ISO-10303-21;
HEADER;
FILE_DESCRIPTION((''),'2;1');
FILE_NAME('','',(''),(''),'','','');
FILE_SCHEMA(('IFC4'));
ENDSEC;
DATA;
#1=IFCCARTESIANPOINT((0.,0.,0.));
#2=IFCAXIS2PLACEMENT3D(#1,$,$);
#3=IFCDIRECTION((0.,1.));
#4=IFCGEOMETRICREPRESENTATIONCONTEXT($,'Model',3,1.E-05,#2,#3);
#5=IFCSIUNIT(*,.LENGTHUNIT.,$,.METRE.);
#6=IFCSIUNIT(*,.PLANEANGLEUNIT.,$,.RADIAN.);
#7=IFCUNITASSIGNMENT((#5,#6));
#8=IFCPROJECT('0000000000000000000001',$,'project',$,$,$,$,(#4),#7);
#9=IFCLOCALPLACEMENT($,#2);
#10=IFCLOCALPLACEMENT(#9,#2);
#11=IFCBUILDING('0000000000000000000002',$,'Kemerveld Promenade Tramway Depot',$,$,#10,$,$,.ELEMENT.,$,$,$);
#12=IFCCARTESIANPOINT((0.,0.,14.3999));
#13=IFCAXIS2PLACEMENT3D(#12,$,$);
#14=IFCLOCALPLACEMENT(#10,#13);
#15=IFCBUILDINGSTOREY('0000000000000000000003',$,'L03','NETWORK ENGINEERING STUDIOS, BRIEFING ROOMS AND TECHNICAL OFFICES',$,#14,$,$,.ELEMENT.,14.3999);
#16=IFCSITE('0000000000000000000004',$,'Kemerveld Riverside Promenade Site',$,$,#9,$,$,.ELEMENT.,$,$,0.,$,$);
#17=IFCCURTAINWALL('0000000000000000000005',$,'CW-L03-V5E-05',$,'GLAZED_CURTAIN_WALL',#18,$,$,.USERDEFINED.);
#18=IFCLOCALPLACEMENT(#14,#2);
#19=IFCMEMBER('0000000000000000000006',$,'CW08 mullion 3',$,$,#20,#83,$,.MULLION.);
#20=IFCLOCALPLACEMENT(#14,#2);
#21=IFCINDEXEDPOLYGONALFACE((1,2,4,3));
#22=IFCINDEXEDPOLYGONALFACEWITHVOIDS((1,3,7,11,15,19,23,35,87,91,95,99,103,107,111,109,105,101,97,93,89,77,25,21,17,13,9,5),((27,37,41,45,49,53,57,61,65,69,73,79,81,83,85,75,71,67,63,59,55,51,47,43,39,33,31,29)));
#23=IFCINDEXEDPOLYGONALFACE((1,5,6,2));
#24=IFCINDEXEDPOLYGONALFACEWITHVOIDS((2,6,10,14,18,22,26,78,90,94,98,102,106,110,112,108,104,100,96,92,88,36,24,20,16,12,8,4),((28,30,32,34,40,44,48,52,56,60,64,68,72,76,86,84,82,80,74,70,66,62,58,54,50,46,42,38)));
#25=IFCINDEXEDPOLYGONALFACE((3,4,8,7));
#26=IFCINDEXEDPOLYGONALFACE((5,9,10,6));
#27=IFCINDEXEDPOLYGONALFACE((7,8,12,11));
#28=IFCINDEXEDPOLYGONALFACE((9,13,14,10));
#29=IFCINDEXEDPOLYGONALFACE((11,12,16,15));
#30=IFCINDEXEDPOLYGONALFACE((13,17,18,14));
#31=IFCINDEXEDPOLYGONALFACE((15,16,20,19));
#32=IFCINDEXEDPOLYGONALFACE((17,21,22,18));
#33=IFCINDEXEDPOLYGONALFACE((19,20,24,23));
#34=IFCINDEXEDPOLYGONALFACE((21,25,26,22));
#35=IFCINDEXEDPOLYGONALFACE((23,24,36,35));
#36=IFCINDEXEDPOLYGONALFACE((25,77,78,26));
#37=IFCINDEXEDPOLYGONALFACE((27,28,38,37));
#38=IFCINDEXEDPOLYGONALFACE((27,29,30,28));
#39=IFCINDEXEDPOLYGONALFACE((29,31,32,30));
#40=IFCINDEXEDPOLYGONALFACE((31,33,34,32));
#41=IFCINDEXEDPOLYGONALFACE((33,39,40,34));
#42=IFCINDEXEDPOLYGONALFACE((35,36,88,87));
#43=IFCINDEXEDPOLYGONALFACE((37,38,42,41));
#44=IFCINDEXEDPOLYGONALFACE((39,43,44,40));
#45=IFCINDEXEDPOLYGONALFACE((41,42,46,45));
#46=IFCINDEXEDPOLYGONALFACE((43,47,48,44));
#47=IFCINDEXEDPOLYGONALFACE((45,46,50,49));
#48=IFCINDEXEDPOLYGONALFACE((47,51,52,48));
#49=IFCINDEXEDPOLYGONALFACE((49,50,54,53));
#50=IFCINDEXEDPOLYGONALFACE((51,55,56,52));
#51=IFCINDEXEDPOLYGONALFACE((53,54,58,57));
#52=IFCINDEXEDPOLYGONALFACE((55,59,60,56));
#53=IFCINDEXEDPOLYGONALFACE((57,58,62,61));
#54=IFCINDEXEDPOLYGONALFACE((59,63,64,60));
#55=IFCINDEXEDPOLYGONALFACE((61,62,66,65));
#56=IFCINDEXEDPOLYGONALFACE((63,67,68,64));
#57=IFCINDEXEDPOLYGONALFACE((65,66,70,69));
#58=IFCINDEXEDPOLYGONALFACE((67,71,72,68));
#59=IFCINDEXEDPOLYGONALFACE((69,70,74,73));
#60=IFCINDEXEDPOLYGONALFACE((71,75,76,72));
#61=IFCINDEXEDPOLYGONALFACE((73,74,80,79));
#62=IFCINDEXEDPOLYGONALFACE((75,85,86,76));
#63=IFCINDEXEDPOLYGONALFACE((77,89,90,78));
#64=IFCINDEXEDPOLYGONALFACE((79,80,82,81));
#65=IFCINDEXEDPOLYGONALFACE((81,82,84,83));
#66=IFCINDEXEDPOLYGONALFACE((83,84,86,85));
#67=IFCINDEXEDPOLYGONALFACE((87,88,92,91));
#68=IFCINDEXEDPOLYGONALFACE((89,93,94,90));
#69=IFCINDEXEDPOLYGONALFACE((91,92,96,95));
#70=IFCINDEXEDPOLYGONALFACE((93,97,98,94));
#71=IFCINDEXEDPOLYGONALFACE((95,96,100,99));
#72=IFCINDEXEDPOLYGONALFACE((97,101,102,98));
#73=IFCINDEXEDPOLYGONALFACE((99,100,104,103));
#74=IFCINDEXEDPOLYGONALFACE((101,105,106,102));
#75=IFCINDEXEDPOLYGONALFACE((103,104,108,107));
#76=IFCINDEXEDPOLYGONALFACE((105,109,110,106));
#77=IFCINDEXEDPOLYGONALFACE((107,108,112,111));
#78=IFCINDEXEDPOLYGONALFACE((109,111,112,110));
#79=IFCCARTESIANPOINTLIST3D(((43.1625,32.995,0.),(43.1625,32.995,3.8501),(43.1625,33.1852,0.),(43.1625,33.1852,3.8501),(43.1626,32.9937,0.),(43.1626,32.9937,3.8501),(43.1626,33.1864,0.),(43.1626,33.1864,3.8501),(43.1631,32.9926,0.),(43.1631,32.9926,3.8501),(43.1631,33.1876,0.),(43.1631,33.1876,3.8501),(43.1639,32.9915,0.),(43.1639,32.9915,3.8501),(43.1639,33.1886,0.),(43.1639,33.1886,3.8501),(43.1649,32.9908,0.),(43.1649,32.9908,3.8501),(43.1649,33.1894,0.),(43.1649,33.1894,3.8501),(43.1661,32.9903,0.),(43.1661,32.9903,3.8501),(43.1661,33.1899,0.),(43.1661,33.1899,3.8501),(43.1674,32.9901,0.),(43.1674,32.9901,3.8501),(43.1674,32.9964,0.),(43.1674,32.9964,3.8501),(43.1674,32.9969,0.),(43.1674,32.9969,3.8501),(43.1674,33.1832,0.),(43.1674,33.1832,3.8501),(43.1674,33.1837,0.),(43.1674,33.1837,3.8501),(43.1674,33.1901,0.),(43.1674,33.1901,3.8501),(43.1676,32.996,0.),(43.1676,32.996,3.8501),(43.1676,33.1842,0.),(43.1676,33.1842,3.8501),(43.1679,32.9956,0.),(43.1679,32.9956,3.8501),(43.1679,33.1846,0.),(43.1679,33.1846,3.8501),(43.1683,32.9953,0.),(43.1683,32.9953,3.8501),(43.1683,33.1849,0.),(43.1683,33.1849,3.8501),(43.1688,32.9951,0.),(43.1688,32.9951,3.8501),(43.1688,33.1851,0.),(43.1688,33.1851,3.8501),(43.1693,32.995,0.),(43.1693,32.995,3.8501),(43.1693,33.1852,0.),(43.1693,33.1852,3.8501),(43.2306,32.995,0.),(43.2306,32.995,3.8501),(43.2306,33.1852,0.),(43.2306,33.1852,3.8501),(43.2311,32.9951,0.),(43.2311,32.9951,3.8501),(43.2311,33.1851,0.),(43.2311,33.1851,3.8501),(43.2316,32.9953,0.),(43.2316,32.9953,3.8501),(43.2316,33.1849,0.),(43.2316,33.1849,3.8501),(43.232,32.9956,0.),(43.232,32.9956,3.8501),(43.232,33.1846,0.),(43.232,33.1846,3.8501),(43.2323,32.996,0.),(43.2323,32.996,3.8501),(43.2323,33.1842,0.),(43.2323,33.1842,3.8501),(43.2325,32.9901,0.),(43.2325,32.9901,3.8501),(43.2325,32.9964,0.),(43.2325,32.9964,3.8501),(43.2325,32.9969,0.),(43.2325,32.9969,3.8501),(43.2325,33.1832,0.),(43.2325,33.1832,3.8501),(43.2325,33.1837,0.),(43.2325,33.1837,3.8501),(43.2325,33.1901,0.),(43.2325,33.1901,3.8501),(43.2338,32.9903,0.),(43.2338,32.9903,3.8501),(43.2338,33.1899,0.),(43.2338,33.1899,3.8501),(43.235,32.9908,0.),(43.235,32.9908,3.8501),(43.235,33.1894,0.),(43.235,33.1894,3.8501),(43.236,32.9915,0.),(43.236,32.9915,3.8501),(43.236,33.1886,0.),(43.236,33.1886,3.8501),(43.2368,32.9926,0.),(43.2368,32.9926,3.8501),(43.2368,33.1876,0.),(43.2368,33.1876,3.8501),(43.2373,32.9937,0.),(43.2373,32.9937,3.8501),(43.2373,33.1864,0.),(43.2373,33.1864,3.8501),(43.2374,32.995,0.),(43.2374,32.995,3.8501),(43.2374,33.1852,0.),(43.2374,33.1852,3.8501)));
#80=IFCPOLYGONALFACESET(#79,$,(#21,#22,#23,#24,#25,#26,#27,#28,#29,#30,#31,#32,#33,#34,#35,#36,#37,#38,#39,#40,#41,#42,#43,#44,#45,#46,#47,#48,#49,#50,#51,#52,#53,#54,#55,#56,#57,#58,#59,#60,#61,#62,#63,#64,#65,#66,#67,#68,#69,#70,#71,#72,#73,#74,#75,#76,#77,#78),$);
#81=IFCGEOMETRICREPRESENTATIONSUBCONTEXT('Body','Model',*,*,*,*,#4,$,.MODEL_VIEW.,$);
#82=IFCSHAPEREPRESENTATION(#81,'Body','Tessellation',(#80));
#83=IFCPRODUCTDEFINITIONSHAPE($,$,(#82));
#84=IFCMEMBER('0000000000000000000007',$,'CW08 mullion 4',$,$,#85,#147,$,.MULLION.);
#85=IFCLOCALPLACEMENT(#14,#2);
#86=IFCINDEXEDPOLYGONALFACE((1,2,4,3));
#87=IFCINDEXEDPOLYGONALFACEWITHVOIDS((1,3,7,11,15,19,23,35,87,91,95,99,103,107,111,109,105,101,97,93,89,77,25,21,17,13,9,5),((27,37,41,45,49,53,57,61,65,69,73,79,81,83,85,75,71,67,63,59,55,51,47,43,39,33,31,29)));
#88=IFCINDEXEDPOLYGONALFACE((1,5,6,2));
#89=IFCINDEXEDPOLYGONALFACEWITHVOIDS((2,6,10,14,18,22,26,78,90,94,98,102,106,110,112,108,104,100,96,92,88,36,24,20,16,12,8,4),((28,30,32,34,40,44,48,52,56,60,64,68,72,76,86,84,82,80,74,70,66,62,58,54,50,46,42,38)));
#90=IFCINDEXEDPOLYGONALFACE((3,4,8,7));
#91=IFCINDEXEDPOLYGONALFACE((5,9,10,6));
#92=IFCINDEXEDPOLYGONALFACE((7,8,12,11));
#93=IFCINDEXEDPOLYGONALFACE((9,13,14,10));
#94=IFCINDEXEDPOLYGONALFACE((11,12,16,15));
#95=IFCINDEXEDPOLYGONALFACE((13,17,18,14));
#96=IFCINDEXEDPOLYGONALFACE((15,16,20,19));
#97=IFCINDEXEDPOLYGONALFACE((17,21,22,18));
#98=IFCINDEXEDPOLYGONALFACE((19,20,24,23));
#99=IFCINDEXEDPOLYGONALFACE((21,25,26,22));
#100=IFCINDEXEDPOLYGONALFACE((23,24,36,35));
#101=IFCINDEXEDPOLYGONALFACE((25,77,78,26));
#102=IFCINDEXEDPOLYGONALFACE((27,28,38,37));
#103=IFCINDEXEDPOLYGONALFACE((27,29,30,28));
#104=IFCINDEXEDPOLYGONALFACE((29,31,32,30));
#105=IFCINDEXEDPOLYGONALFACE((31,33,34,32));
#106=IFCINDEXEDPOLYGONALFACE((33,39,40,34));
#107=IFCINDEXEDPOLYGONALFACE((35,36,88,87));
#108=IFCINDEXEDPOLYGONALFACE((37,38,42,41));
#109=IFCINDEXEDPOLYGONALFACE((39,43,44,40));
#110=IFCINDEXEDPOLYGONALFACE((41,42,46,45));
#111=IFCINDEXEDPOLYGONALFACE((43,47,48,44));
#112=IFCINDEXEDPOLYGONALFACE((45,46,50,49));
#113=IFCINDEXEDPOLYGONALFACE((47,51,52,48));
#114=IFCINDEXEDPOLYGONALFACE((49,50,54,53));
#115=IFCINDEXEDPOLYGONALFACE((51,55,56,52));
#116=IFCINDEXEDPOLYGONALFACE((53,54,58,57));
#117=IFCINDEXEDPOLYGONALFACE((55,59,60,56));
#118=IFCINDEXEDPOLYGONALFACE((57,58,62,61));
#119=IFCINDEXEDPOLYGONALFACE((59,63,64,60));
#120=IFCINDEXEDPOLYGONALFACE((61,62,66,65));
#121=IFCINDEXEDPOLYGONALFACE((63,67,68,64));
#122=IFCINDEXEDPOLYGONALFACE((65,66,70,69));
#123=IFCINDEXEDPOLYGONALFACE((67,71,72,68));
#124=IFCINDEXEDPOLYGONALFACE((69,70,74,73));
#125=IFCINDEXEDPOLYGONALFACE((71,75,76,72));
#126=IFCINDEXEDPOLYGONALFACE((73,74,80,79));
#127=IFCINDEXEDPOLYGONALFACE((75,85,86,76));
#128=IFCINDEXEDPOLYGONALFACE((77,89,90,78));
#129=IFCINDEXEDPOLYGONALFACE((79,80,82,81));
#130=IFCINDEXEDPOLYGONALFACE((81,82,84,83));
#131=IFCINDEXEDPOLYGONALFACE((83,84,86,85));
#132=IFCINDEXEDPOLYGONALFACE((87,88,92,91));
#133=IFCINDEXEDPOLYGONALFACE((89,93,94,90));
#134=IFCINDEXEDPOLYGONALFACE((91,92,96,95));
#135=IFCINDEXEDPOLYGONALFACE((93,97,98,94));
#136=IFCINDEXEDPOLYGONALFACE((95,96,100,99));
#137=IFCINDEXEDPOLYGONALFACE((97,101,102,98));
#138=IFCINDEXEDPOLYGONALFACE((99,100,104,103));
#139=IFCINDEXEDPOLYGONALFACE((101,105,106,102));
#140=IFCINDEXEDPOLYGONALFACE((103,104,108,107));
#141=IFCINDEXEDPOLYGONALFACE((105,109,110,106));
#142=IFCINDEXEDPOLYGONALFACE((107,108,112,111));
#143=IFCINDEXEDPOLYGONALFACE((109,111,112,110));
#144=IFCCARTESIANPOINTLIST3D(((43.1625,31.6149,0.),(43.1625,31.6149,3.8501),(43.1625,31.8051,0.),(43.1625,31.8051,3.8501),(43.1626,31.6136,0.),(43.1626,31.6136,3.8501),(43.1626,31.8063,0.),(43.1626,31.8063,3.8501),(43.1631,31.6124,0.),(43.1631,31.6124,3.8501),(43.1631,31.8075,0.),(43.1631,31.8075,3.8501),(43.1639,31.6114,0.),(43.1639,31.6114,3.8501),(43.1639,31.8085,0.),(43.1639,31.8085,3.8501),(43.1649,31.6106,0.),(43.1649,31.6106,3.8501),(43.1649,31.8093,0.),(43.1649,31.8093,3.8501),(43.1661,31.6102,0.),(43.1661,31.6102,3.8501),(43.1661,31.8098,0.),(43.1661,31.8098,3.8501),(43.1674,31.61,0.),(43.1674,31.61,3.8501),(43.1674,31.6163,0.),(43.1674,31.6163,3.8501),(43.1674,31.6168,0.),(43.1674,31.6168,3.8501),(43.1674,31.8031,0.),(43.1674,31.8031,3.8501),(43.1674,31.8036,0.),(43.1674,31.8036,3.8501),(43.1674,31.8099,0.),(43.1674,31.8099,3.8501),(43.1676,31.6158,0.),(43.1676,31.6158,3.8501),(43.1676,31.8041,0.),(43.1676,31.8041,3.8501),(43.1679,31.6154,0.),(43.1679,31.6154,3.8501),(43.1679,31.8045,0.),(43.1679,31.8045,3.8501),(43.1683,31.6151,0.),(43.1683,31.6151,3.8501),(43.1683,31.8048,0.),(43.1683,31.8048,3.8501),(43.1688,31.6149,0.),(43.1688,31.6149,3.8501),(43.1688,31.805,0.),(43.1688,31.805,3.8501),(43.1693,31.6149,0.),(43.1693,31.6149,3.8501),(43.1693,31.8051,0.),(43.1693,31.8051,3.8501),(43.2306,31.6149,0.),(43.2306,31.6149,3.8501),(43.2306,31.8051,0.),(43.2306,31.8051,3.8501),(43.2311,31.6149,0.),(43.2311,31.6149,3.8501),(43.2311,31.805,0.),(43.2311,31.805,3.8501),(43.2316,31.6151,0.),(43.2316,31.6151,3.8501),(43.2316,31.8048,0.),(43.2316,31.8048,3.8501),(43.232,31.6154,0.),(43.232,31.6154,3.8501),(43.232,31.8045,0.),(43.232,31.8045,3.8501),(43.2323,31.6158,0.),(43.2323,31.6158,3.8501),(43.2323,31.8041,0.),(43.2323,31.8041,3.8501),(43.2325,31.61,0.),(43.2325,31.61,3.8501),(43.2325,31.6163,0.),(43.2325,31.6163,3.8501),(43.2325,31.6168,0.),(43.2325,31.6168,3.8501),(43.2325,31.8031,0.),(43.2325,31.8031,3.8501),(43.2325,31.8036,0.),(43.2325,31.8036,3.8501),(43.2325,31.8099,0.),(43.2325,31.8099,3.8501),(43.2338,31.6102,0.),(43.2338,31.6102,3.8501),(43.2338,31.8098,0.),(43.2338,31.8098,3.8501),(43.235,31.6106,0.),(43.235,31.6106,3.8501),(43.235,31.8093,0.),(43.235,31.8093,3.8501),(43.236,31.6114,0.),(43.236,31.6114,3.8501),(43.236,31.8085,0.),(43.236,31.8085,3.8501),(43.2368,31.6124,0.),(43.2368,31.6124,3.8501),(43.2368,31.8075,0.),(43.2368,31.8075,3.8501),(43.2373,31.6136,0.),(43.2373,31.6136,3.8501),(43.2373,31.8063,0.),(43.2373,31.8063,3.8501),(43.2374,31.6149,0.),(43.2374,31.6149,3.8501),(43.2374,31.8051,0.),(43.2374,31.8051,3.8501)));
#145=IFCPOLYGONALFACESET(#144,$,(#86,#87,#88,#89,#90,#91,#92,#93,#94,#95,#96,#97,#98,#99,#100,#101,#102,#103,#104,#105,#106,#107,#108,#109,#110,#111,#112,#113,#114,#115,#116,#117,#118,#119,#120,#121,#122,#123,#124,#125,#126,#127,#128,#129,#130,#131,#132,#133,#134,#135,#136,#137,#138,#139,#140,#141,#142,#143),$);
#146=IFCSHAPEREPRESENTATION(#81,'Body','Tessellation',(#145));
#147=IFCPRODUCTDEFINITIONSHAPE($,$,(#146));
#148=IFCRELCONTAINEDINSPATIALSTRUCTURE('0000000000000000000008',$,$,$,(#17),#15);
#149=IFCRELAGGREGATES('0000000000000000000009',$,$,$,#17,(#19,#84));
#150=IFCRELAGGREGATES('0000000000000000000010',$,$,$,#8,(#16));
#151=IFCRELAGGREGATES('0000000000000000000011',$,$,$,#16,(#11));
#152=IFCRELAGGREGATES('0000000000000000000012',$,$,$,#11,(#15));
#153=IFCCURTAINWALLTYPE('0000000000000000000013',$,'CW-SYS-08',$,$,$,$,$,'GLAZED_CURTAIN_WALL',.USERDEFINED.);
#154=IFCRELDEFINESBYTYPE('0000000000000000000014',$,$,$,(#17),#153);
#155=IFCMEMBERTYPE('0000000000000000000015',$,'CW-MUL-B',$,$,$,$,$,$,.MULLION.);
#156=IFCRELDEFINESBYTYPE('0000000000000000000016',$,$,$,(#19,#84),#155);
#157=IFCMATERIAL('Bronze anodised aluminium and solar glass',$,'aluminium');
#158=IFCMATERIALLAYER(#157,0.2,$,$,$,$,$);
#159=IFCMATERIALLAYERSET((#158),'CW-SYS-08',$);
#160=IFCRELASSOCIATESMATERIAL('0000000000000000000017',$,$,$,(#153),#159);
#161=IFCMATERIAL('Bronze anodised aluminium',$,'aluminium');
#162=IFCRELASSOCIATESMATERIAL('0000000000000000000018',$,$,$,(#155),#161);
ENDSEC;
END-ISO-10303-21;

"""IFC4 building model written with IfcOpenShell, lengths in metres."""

from ifc_helpers import new_model, si_unit, direction, frame, origin, origin_2d, place, context, subcontext, project, spatial, hollow_rectangle, extrude, material, layer, layer_set, material_profile, profile_set, type_object, element, aggregate, save


model = new_model("IFC4")

# Units and contexts
model_context = context("Model", 3, precision=1e-05, world=origin(), true_north=direction((0.0, 1.0)))
body_context = subcontext(model_context, "Body", "Model", "MODEL_VIEW")
ifc_project = project(units=[si_unit("LENGTHUNIT", "METRE"), si_unit("PLANEANGLEUNIT", "RADIAN")], contexts=[model_context])

# Site, building, storey
site_placement = place(None, origin())
site = spatial("IfcSite", under=ifc_project, at=site_placement, Name="Kemerveld Riverside Promenade Site", CompositionType="ELEMENT", RefElevation=0.0)
building_placement = place(site_placement, origin())
building = spatial("IfcBuilding", under=site, at=building_placement, Name="Kemerveld Promenade Tramway Depot", CompositionType="ELEMENT")
storey_placement = place(building_placement, frame((0.0, 0.0, 14.3999)))
storey = spatial("IfcBuildingStorey", under=building, at=storey_placement, Name="L03", Description="NETWORK ENGINEERING STUDIOS, BRIEFING ROOMS AND TECHNICAL OFFICES", CompositionType="ELEMENT", Elevation=14.3999)

# Curtain wall, members
ifc_material_1 = material(Name="Bronze anodised aluminium and solar glass", Category="aluminium")
ifc_layer_1 = layer(ifc_material_1, 0.2)
ifc_layer_set_1 = layer_set([ifc_layer_1], Name="CW-SYS-08")
curtain_wall_type = type_object("IfcCurtainWallType", Name="CW-SYS-08", ElementType="GLAZED_CURTAIN_WALL", PredefinedType="USERDEFINED", material=ifc_layer_set_1)
curtain_wall_placement = place(storey_placement, origin())
curtain_wall = element("IfcCurtainWall", 1, at=curtain_wall_placement, inside=storey, type_object=curtain_wall_type, Name="CW-L03-V5E-05", ObjectType="GLAZED_CURTAIN_WALL", PredefinedType="USERDEFINED")
ifc_material_2 = material(Name="Bronze anodised aluminium", Category="aluminium")
ifc_material_profile_1 = material_profile(ifc_material_2, hollow_rectangle(XDim=0.075, YDim=0.2, WallThickness=0.0049, InnerFilletRadius=0.002, OuterFilletRadius=0.0049, at=origin_2d()), Name="CW-MUL-200x75")
ifc_profile_set_1 = profile_set([ifc_material_profile_1], Name="Bronze anodised aluminium")
member_type_1 = type_object("IfcMemberType", Name="CW-MUL-B", PredefinedType="MULLION", material=ifc_profile_set_1)
member_1_placement = place(storey_placement, frame((43.2, 33.0901, 0.0), z_axis=(0.0, 0.0, 1.0), x_axis=(1.0, 0.0, 0.0)))
member_1 = element("IfcMember", 2, at=member_1_placement, type_object=member_type_1, Name="CW08 mullion 3", PredefinedType="MULLION", context=body_context, shape_type="SweptSolid", body=[
    extrude(hollow_rectangle(XDim=0.075, YDim=0.2, WallThickness=0.0049, InnerFilletRadius=0.002, OuterFilletRadius=0.0049, at=origin_2d()), origin(), (0.0, 0.0, 1.0), 3.8501),
])
member_2_placement = place(storey_placement, frame((43.2, 31.71, 0.0), z_axis=(0.0, 0.0, 1.0), x_axis=(1.0, 0.0, 0.0)))
member_2 = element("IfcMember", 3, at=member_2_placement, type_object=member_type_1, Name="CW08 mullion 4", PredefinedType="MULLION", context=body_context, shape_type="SweptSolid", body=[
    extrude(hollow_rectangle(XDim=0.075, YDim=0.2, WallThickness=0.0049, InnerFilletRadius=0.002, OuterFilletRadius=0.0049, at=origin_2d()), origin(), (0.0, 0.0, 1.0), 3.8501),
])
aggregate(curtain_wall, [member_1, member_2])

save(model, "model.ifc")
